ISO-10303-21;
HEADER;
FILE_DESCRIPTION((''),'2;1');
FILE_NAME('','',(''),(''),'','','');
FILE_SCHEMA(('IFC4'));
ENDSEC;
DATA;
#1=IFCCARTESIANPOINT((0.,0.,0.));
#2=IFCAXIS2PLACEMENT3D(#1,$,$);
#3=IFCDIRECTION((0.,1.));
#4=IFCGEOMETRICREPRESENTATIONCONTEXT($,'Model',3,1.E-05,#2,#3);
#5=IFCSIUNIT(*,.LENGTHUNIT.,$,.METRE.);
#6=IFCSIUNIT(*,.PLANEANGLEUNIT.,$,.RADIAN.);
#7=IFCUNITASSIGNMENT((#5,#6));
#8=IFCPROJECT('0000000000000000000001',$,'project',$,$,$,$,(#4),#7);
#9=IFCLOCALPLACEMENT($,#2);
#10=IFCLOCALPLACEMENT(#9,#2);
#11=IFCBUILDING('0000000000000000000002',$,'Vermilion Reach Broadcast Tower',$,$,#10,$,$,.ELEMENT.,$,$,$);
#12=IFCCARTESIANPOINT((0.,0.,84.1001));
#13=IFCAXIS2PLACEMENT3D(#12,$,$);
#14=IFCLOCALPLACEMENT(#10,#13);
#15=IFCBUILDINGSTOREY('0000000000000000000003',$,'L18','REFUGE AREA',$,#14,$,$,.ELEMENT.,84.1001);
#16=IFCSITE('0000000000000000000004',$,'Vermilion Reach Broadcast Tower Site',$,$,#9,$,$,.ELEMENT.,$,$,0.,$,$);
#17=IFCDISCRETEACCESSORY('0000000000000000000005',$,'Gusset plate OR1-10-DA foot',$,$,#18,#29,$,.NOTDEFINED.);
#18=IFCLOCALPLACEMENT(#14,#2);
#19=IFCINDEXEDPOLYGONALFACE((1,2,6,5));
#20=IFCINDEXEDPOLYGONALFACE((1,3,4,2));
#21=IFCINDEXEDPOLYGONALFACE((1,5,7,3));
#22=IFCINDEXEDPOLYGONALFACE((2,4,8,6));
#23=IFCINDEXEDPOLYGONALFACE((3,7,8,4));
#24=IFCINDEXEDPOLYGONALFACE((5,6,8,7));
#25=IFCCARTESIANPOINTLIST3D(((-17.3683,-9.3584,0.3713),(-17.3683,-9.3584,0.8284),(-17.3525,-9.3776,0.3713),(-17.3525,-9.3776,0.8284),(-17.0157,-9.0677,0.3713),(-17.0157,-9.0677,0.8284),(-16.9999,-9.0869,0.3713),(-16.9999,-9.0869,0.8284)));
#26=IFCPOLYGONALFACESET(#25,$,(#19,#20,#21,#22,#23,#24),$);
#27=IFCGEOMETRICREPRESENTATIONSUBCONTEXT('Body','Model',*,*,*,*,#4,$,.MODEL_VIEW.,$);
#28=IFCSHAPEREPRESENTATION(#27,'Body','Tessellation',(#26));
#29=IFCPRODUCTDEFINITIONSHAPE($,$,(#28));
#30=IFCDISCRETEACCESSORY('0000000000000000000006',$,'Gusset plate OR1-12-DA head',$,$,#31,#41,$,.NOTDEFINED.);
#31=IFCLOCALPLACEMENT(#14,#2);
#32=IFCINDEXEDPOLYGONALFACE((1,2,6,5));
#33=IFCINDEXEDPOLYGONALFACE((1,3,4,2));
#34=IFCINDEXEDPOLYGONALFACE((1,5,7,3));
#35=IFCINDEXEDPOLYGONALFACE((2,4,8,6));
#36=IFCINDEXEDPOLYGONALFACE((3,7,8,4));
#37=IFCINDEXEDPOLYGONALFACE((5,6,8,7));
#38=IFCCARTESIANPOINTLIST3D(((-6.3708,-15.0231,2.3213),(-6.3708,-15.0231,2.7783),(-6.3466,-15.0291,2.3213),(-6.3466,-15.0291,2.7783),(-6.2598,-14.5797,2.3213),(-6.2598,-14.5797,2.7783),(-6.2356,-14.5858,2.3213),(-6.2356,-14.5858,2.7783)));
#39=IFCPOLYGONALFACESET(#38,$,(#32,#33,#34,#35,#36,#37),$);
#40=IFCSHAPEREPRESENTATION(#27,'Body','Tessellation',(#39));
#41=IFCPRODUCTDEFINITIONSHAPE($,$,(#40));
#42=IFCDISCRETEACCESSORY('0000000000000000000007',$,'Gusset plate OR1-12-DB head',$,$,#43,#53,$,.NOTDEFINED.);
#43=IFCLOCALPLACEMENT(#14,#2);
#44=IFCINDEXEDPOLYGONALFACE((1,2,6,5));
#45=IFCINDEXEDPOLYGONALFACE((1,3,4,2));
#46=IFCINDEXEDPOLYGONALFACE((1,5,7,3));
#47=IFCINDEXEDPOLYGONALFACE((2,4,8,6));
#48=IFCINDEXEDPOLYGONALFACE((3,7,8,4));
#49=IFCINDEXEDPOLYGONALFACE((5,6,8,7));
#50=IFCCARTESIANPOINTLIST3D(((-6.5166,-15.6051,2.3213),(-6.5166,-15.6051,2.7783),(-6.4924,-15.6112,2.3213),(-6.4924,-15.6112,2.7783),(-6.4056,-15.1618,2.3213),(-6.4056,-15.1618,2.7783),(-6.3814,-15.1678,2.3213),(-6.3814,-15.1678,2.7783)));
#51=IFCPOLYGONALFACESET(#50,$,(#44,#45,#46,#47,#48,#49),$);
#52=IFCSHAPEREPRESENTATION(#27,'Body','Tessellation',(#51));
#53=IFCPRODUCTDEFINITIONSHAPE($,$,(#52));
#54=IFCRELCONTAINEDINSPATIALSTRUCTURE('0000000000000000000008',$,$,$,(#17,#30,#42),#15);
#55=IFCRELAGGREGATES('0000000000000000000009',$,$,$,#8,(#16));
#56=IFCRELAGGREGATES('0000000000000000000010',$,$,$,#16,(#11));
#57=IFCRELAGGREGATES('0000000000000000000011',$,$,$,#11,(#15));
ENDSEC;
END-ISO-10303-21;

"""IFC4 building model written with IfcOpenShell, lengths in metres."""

from ifc_helpers import new_model, si_unit, direction, frame, origin, origin_2d, place, context, subcontext, project, spatial, rectangle, extrude, element, save


model = new_model("IFC4")

# Units and contexts
model_context = context("Model", 3, precision=1e-05, world=origin(), true_north=direction((0.0, 1.0)))
body_context = subcontext(model_context, "Body", "Model", "MODEL_VIEW")
ifc_project = project(units=[si_unit("LENGTHUNIT", "METRE"), si_unit("PLANEANGLEUNIT", "RADIAN")], contexts=[model_context])

# Site, building, storey
site_placement = place(None, origin())
site = spatial("IfcSite", under=ifc_project, at=site_placement, Name="Vermilion Reach Broadcast Tower Site", CompositionType="ELEMENT", RefElevation=0.0)
building_placement = place(site_placement, origin())
building = spatial("IfcBuilding", under=site, at=building_placement, Name="Vermilion Reach Broadcast Tower", CompositionType="ELEMENT")
storey_placement = place(building_placement, frame((0.0, 0.0, 84.1001)))
storey = spatial("IfcBuildingStorey", under=building, at=storey_placement, Name="L18", Description="REFUGE AREA", CompositionType="ELEMENT", Elevation=84.1001)

# Discrete accessories
for number, where, z_axis, x_axis, name in (
    (1, (-17.1841, -9.2227, 0.3713), (0.0, 0.0, 1.0), (0.636213, -0.771513, 0.0), "Gusset plate OR1-10-DA foot"),
    (2, (-6.3032, -14.8044, 2.3213), (0.0, 0.0, 1.0), (0.970061, -0.242861, 0.0), "Gusset plate OR1-12-DA head"),
    (3, (-6.449, -15.3865, 2.3213), (0.0, 0.0, 1.0), (0.970061, -0.242861, 0.0), "Gusset plate OR1-12-DB head"),
):
    element("IfcDiscreteAccessory", number, at=place(storey_placement, frame(where, z_axis=z_axis, x_axis=x_axis)), inside=storey, Name=name, PredefinedType="NOTDEFINED", context=body_context, shape_type="SweptSolid", body=[
        extrude(rectangle(XDim=0.0249, YDim=0.457, at=origin_2d()), origin(), (0.0, 0.0, 1.0), 0.457),
    ])

save(model, "model.ifc")
